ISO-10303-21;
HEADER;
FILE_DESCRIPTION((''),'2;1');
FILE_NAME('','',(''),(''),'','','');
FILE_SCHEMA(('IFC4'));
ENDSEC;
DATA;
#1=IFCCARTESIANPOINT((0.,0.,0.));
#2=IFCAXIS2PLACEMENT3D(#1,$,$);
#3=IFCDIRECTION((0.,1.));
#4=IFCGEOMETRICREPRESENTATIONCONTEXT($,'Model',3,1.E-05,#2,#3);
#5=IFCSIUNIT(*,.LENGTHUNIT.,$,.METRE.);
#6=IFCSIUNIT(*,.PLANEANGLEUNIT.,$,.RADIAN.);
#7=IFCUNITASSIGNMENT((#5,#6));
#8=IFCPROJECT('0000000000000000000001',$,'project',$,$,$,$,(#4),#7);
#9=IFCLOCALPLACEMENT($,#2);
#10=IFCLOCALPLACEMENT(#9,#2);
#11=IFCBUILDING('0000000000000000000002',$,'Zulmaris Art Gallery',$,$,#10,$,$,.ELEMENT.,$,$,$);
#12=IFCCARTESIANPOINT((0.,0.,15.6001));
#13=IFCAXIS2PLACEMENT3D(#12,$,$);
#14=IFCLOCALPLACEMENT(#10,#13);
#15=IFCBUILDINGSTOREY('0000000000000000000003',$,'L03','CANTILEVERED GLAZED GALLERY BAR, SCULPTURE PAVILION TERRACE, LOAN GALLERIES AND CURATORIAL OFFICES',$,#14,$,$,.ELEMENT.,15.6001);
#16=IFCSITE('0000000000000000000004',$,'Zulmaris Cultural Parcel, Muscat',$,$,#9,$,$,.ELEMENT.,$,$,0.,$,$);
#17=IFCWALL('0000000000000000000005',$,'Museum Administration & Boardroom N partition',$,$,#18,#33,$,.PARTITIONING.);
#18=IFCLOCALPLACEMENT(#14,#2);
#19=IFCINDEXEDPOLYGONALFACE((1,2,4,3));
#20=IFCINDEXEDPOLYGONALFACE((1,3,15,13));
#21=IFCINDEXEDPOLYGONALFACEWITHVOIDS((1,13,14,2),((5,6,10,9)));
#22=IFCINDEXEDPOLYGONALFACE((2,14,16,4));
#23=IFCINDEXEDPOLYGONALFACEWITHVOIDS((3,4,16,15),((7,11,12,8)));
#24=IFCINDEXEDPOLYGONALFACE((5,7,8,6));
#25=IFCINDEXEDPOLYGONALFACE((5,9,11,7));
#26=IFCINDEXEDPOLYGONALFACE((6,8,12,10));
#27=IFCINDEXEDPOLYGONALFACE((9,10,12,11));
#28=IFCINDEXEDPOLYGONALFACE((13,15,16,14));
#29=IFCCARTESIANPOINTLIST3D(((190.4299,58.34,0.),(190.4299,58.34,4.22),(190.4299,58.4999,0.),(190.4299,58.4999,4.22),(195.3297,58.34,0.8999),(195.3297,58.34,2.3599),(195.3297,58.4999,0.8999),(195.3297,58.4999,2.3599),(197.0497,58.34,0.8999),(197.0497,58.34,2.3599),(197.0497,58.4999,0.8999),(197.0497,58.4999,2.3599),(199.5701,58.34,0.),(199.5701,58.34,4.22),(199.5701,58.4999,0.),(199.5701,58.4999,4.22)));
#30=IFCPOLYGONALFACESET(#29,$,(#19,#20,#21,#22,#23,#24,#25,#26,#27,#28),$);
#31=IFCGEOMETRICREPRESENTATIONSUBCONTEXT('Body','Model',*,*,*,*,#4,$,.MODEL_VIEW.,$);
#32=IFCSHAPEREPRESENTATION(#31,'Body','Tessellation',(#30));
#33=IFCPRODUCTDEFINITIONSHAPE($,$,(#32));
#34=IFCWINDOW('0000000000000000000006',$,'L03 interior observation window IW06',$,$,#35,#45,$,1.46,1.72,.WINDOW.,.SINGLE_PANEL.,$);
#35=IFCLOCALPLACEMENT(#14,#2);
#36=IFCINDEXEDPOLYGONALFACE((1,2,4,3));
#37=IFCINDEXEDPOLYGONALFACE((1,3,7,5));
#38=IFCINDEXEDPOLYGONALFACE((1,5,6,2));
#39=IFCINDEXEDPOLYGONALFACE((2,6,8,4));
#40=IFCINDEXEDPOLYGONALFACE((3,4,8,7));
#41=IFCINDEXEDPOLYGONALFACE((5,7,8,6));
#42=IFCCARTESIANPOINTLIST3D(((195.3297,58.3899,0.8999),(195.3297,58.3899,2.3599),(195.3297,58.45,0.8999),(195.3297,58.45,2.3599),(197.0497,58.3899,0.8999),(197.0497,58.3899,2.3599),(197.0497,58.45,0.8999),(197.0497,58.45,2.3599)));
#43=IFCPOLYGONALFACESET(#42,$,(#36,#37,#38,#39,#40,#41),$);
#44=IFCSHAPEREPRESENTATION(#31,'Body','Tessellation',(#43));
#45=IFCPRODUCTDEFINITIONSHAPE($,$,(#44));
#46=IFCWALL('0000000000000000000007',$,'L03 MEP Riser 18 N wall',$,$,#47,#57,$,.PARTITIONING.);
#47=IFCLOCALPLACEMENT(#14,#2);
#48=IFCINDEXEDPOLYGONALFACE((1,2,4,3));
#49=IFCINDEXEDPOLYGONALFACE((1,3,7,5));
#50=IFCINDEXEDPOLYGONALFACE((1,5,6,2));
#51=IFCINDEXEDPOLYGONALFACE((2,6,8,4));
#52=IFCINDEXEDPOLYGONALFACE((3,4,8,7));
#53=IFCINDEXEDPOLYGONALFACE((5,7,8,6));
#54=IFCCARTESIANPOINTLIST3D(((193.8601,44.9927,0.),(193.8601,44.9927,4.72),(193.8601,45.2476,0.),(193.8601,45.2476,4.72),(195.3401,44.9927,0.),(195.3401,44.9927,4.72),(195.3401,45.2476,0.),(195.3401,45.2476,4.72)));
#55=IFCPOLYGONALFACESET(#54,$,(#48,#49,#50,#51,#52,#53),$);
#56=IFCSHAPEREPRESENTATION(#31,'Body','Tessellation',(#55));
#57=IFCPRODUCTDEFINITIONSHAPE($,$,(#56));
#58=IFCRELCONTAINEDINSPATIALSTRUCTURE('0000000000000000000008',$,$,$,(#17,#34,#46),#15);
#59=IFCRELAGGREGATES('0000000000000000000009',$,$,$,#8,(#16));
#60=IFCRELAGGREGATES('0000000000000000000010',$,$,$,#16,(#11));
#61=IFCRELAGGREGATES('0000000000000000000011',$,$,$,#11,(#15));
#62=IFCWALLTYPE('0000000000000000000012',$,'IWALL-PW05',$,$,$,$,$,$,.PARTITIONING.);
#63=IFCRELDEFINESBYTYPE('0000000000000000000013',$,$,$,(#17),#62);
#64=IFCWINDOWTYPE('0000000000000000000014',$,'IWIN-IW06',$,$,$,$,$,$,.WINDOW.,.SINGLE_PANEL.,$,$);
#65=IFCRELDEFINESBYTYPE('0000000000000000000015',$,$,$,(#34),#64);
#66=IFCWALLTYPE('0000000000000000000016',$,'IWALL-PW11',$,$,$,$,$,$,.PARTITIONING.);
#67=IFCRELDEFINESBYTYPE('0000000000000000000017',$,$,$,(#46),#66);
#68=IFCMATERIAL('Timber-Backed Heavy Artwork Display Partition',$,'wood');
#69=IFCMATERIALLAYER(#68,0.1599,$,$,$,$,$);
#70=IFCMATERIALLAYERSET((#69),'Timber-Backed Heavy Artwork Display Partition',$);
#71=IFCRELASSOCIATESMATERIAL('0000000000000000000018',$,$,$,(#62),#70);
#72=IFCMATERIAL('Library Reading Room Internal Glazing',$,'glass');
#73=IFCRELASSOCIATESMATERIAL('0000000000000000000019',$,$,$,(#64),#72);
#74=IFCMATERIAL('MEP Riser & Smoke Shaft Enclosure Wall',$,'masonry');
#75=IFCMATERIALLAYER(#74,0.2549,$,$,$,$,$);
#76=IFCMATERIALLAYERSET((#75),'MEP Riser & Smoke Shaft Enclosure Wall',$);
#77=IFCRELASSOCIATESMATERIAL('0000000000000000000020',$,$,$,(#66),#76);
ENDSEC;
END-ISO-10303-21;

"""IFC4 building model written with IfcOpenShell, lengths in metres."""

from ifc_helpers import new_model, si_unit, direction, frame, frame_2d, origin, place, context, subcontext, project, spatial, rectangle, extrude, material, layer, layer_set, type_object, element, fill, save


model = new_model("IFC4")

# Units and contexts
model_context = context("Model", 3, precision=1e-05, world=origin(), true_north=direction((0.0, 1.0)))
body_context = subcontext(model_context, "Body", "Model", "MODEL_VIEW")
ifc_project = project(units=[si_unit("LENGTHUNIT", "METRE"), si_unit("PLANEANGLEUNIT", "RADIAN")], contexts=[model_context])

# Site, building, storey
site_placement = place(None, origin())
site = spatial("IfcSite", under=ifc_project, at=site_placement, Name="Zulmaris Cultural Parcel, Muscat", CompositionType="ELEMENT", RefElevation=0.0)
building_placement = place(site_placement, origin())
building = spatial("IfcBuilding", under=site, at=building_placement, Name="Zulmaris Art Gallery", CompositionType="ELEMENT")
storey_placement = place(building_placement, frame((0.0, 0.0, 15.6001)))
storey = spatial("IfcBuildingStorey", under=building, at=storey_placement, Name="L03", Description="CANTILEVERED GLAZED GALLERY BAR, SCULPTURE PAVILION TERRACE, LOAN GALLERIES AND CURATORIAL OFFICES", CompositionType="ELEMENT", Elevation=15.6001)

# Wall, opening, window
ifc_material_1 = material(Name="Timber-Backed Heavy Artwork Display Partition", Category="wood")
ifc_layer_1 = layer(ifc_material_1, 0.1599)
ifc_layer_set_1 = layer_set([ifc_layer_1], Name="Timber-Backed Heavy Artwork Display Partition")
wall_type_1 = type_object("IfcWallType", Name="IWALL-PW05", PredefinedType="PARTITIONING", material=ifc_layer_set_1)
wall_1_placement = place(storey_placement, frame((190.4299, 58.4199, 0.0), z_axis=(0.0, 0.0, 1.0), x_axis=(1.0, 0.0, 0.0)))
wall_1 = element("IfcWall", 1, at=wall_1_placement, inside=storey, type_object=wall_type_1, Name="Museum Administration & Boardroom N partition", PredefinedType="PARTITIONING", context=body_context, shape_type="SweptSolid", body=[
    extrude(rectangle(XDim=9.1401, YDim=0.1599, at=frame_2d((4.5701, 0.0))), origin(), (0.0, 0.0, 1.0), 4.22),
])
opening_placement = place(wall_1_placement, frame((4.8999, 0.0, 0.8999)))
opening = element("IfcOpeningElement", 2, at=opening_placement, cuts=wall_1, PredefinedType="OPENING", context=body_context, shape_type="SweptSolid", body=[
    extrude(rectangle(XDim=1.72, YDim=1.46, at=frame_2d((0.8599, 0.73))), frame((0.0, 0.0898, 0.0), z_axis=(0.0, -1.0, 0.0), x_axis=(1.0, 0.0, 0.0)), (0.0, 0.0, 1.0), 0.1799),
])
ifc_material_2 = material(Name="Library Reading Room Internal Glazing", Category="glass")
window_type = type_object("IfcWindowType", Name="IWIN-IW06", PartitioningType="SINGLE_PANEL", PredefinedType="WINDOW", material=ifc_material_2)
window_placement = place(opening_placement, origin())
window = element("IfcWindow", 3, at=window_placement, inside=storey, type_object=window_type, Name="L03 interior observation window IW06", OverallHeight=1.46, OverallWidth=1.72, PartitioningType="SINGLE_PANEL", PredefinedType="WINDOW", context=body_context, shape_type="SweptSolid", body=[
    extrude(rectangle(XDim=1.72, YDim=1.46, at=frame_2d((0.8599, 0.73))), frame((0.0, 0.03, 0.0), z_axis=(0.0, -1.0, 0.0), x_axis=(1.0, 0.0, 0.0)), (0.0, 0.0, 1.0), 0.0601),
])
fill(opening, window)

# Wall
ifc_material_3 = material(Name="MEP Riser & Smoke Shaft Enclosure Wall", Category="masonry")
ifc_layer_2 = layer(ifc_material_3, 0.2549)
ifc_layer_set_2 = layer_set([ifc_layer_2], Name="MEP Riser & Smoke Shaft Enclosure Wall")
wall_type_2 = type_object("IfcWallType", Name="IWALL-PW11", PredefinedType="PARTITIONING", material=ifc_layer_set_2)
wall_2_placement = place(storey_placement, frame((193.8601, 45.1201, 0.0), z_axis=(0.0, 0.0, 1.0), x_axis=(1.0, 0.0, 0.0)))
element("IfcWall", 4, at=wall_2_placement, inside=storey, type_object=wall_type_2, Name="L03 MEP Riser 18 N wall", PredefinedType="PARTITIONING", context=body_context, shape_type="SweptSolid", body=[
    extrude(rectangle(XDim=1.48, YDim=0.2549, at=frame_2d((0.74, 0.0))), origin(), (0.0, 0.0, 1.0), 4.72),
])

save(model, "model.ifc")
